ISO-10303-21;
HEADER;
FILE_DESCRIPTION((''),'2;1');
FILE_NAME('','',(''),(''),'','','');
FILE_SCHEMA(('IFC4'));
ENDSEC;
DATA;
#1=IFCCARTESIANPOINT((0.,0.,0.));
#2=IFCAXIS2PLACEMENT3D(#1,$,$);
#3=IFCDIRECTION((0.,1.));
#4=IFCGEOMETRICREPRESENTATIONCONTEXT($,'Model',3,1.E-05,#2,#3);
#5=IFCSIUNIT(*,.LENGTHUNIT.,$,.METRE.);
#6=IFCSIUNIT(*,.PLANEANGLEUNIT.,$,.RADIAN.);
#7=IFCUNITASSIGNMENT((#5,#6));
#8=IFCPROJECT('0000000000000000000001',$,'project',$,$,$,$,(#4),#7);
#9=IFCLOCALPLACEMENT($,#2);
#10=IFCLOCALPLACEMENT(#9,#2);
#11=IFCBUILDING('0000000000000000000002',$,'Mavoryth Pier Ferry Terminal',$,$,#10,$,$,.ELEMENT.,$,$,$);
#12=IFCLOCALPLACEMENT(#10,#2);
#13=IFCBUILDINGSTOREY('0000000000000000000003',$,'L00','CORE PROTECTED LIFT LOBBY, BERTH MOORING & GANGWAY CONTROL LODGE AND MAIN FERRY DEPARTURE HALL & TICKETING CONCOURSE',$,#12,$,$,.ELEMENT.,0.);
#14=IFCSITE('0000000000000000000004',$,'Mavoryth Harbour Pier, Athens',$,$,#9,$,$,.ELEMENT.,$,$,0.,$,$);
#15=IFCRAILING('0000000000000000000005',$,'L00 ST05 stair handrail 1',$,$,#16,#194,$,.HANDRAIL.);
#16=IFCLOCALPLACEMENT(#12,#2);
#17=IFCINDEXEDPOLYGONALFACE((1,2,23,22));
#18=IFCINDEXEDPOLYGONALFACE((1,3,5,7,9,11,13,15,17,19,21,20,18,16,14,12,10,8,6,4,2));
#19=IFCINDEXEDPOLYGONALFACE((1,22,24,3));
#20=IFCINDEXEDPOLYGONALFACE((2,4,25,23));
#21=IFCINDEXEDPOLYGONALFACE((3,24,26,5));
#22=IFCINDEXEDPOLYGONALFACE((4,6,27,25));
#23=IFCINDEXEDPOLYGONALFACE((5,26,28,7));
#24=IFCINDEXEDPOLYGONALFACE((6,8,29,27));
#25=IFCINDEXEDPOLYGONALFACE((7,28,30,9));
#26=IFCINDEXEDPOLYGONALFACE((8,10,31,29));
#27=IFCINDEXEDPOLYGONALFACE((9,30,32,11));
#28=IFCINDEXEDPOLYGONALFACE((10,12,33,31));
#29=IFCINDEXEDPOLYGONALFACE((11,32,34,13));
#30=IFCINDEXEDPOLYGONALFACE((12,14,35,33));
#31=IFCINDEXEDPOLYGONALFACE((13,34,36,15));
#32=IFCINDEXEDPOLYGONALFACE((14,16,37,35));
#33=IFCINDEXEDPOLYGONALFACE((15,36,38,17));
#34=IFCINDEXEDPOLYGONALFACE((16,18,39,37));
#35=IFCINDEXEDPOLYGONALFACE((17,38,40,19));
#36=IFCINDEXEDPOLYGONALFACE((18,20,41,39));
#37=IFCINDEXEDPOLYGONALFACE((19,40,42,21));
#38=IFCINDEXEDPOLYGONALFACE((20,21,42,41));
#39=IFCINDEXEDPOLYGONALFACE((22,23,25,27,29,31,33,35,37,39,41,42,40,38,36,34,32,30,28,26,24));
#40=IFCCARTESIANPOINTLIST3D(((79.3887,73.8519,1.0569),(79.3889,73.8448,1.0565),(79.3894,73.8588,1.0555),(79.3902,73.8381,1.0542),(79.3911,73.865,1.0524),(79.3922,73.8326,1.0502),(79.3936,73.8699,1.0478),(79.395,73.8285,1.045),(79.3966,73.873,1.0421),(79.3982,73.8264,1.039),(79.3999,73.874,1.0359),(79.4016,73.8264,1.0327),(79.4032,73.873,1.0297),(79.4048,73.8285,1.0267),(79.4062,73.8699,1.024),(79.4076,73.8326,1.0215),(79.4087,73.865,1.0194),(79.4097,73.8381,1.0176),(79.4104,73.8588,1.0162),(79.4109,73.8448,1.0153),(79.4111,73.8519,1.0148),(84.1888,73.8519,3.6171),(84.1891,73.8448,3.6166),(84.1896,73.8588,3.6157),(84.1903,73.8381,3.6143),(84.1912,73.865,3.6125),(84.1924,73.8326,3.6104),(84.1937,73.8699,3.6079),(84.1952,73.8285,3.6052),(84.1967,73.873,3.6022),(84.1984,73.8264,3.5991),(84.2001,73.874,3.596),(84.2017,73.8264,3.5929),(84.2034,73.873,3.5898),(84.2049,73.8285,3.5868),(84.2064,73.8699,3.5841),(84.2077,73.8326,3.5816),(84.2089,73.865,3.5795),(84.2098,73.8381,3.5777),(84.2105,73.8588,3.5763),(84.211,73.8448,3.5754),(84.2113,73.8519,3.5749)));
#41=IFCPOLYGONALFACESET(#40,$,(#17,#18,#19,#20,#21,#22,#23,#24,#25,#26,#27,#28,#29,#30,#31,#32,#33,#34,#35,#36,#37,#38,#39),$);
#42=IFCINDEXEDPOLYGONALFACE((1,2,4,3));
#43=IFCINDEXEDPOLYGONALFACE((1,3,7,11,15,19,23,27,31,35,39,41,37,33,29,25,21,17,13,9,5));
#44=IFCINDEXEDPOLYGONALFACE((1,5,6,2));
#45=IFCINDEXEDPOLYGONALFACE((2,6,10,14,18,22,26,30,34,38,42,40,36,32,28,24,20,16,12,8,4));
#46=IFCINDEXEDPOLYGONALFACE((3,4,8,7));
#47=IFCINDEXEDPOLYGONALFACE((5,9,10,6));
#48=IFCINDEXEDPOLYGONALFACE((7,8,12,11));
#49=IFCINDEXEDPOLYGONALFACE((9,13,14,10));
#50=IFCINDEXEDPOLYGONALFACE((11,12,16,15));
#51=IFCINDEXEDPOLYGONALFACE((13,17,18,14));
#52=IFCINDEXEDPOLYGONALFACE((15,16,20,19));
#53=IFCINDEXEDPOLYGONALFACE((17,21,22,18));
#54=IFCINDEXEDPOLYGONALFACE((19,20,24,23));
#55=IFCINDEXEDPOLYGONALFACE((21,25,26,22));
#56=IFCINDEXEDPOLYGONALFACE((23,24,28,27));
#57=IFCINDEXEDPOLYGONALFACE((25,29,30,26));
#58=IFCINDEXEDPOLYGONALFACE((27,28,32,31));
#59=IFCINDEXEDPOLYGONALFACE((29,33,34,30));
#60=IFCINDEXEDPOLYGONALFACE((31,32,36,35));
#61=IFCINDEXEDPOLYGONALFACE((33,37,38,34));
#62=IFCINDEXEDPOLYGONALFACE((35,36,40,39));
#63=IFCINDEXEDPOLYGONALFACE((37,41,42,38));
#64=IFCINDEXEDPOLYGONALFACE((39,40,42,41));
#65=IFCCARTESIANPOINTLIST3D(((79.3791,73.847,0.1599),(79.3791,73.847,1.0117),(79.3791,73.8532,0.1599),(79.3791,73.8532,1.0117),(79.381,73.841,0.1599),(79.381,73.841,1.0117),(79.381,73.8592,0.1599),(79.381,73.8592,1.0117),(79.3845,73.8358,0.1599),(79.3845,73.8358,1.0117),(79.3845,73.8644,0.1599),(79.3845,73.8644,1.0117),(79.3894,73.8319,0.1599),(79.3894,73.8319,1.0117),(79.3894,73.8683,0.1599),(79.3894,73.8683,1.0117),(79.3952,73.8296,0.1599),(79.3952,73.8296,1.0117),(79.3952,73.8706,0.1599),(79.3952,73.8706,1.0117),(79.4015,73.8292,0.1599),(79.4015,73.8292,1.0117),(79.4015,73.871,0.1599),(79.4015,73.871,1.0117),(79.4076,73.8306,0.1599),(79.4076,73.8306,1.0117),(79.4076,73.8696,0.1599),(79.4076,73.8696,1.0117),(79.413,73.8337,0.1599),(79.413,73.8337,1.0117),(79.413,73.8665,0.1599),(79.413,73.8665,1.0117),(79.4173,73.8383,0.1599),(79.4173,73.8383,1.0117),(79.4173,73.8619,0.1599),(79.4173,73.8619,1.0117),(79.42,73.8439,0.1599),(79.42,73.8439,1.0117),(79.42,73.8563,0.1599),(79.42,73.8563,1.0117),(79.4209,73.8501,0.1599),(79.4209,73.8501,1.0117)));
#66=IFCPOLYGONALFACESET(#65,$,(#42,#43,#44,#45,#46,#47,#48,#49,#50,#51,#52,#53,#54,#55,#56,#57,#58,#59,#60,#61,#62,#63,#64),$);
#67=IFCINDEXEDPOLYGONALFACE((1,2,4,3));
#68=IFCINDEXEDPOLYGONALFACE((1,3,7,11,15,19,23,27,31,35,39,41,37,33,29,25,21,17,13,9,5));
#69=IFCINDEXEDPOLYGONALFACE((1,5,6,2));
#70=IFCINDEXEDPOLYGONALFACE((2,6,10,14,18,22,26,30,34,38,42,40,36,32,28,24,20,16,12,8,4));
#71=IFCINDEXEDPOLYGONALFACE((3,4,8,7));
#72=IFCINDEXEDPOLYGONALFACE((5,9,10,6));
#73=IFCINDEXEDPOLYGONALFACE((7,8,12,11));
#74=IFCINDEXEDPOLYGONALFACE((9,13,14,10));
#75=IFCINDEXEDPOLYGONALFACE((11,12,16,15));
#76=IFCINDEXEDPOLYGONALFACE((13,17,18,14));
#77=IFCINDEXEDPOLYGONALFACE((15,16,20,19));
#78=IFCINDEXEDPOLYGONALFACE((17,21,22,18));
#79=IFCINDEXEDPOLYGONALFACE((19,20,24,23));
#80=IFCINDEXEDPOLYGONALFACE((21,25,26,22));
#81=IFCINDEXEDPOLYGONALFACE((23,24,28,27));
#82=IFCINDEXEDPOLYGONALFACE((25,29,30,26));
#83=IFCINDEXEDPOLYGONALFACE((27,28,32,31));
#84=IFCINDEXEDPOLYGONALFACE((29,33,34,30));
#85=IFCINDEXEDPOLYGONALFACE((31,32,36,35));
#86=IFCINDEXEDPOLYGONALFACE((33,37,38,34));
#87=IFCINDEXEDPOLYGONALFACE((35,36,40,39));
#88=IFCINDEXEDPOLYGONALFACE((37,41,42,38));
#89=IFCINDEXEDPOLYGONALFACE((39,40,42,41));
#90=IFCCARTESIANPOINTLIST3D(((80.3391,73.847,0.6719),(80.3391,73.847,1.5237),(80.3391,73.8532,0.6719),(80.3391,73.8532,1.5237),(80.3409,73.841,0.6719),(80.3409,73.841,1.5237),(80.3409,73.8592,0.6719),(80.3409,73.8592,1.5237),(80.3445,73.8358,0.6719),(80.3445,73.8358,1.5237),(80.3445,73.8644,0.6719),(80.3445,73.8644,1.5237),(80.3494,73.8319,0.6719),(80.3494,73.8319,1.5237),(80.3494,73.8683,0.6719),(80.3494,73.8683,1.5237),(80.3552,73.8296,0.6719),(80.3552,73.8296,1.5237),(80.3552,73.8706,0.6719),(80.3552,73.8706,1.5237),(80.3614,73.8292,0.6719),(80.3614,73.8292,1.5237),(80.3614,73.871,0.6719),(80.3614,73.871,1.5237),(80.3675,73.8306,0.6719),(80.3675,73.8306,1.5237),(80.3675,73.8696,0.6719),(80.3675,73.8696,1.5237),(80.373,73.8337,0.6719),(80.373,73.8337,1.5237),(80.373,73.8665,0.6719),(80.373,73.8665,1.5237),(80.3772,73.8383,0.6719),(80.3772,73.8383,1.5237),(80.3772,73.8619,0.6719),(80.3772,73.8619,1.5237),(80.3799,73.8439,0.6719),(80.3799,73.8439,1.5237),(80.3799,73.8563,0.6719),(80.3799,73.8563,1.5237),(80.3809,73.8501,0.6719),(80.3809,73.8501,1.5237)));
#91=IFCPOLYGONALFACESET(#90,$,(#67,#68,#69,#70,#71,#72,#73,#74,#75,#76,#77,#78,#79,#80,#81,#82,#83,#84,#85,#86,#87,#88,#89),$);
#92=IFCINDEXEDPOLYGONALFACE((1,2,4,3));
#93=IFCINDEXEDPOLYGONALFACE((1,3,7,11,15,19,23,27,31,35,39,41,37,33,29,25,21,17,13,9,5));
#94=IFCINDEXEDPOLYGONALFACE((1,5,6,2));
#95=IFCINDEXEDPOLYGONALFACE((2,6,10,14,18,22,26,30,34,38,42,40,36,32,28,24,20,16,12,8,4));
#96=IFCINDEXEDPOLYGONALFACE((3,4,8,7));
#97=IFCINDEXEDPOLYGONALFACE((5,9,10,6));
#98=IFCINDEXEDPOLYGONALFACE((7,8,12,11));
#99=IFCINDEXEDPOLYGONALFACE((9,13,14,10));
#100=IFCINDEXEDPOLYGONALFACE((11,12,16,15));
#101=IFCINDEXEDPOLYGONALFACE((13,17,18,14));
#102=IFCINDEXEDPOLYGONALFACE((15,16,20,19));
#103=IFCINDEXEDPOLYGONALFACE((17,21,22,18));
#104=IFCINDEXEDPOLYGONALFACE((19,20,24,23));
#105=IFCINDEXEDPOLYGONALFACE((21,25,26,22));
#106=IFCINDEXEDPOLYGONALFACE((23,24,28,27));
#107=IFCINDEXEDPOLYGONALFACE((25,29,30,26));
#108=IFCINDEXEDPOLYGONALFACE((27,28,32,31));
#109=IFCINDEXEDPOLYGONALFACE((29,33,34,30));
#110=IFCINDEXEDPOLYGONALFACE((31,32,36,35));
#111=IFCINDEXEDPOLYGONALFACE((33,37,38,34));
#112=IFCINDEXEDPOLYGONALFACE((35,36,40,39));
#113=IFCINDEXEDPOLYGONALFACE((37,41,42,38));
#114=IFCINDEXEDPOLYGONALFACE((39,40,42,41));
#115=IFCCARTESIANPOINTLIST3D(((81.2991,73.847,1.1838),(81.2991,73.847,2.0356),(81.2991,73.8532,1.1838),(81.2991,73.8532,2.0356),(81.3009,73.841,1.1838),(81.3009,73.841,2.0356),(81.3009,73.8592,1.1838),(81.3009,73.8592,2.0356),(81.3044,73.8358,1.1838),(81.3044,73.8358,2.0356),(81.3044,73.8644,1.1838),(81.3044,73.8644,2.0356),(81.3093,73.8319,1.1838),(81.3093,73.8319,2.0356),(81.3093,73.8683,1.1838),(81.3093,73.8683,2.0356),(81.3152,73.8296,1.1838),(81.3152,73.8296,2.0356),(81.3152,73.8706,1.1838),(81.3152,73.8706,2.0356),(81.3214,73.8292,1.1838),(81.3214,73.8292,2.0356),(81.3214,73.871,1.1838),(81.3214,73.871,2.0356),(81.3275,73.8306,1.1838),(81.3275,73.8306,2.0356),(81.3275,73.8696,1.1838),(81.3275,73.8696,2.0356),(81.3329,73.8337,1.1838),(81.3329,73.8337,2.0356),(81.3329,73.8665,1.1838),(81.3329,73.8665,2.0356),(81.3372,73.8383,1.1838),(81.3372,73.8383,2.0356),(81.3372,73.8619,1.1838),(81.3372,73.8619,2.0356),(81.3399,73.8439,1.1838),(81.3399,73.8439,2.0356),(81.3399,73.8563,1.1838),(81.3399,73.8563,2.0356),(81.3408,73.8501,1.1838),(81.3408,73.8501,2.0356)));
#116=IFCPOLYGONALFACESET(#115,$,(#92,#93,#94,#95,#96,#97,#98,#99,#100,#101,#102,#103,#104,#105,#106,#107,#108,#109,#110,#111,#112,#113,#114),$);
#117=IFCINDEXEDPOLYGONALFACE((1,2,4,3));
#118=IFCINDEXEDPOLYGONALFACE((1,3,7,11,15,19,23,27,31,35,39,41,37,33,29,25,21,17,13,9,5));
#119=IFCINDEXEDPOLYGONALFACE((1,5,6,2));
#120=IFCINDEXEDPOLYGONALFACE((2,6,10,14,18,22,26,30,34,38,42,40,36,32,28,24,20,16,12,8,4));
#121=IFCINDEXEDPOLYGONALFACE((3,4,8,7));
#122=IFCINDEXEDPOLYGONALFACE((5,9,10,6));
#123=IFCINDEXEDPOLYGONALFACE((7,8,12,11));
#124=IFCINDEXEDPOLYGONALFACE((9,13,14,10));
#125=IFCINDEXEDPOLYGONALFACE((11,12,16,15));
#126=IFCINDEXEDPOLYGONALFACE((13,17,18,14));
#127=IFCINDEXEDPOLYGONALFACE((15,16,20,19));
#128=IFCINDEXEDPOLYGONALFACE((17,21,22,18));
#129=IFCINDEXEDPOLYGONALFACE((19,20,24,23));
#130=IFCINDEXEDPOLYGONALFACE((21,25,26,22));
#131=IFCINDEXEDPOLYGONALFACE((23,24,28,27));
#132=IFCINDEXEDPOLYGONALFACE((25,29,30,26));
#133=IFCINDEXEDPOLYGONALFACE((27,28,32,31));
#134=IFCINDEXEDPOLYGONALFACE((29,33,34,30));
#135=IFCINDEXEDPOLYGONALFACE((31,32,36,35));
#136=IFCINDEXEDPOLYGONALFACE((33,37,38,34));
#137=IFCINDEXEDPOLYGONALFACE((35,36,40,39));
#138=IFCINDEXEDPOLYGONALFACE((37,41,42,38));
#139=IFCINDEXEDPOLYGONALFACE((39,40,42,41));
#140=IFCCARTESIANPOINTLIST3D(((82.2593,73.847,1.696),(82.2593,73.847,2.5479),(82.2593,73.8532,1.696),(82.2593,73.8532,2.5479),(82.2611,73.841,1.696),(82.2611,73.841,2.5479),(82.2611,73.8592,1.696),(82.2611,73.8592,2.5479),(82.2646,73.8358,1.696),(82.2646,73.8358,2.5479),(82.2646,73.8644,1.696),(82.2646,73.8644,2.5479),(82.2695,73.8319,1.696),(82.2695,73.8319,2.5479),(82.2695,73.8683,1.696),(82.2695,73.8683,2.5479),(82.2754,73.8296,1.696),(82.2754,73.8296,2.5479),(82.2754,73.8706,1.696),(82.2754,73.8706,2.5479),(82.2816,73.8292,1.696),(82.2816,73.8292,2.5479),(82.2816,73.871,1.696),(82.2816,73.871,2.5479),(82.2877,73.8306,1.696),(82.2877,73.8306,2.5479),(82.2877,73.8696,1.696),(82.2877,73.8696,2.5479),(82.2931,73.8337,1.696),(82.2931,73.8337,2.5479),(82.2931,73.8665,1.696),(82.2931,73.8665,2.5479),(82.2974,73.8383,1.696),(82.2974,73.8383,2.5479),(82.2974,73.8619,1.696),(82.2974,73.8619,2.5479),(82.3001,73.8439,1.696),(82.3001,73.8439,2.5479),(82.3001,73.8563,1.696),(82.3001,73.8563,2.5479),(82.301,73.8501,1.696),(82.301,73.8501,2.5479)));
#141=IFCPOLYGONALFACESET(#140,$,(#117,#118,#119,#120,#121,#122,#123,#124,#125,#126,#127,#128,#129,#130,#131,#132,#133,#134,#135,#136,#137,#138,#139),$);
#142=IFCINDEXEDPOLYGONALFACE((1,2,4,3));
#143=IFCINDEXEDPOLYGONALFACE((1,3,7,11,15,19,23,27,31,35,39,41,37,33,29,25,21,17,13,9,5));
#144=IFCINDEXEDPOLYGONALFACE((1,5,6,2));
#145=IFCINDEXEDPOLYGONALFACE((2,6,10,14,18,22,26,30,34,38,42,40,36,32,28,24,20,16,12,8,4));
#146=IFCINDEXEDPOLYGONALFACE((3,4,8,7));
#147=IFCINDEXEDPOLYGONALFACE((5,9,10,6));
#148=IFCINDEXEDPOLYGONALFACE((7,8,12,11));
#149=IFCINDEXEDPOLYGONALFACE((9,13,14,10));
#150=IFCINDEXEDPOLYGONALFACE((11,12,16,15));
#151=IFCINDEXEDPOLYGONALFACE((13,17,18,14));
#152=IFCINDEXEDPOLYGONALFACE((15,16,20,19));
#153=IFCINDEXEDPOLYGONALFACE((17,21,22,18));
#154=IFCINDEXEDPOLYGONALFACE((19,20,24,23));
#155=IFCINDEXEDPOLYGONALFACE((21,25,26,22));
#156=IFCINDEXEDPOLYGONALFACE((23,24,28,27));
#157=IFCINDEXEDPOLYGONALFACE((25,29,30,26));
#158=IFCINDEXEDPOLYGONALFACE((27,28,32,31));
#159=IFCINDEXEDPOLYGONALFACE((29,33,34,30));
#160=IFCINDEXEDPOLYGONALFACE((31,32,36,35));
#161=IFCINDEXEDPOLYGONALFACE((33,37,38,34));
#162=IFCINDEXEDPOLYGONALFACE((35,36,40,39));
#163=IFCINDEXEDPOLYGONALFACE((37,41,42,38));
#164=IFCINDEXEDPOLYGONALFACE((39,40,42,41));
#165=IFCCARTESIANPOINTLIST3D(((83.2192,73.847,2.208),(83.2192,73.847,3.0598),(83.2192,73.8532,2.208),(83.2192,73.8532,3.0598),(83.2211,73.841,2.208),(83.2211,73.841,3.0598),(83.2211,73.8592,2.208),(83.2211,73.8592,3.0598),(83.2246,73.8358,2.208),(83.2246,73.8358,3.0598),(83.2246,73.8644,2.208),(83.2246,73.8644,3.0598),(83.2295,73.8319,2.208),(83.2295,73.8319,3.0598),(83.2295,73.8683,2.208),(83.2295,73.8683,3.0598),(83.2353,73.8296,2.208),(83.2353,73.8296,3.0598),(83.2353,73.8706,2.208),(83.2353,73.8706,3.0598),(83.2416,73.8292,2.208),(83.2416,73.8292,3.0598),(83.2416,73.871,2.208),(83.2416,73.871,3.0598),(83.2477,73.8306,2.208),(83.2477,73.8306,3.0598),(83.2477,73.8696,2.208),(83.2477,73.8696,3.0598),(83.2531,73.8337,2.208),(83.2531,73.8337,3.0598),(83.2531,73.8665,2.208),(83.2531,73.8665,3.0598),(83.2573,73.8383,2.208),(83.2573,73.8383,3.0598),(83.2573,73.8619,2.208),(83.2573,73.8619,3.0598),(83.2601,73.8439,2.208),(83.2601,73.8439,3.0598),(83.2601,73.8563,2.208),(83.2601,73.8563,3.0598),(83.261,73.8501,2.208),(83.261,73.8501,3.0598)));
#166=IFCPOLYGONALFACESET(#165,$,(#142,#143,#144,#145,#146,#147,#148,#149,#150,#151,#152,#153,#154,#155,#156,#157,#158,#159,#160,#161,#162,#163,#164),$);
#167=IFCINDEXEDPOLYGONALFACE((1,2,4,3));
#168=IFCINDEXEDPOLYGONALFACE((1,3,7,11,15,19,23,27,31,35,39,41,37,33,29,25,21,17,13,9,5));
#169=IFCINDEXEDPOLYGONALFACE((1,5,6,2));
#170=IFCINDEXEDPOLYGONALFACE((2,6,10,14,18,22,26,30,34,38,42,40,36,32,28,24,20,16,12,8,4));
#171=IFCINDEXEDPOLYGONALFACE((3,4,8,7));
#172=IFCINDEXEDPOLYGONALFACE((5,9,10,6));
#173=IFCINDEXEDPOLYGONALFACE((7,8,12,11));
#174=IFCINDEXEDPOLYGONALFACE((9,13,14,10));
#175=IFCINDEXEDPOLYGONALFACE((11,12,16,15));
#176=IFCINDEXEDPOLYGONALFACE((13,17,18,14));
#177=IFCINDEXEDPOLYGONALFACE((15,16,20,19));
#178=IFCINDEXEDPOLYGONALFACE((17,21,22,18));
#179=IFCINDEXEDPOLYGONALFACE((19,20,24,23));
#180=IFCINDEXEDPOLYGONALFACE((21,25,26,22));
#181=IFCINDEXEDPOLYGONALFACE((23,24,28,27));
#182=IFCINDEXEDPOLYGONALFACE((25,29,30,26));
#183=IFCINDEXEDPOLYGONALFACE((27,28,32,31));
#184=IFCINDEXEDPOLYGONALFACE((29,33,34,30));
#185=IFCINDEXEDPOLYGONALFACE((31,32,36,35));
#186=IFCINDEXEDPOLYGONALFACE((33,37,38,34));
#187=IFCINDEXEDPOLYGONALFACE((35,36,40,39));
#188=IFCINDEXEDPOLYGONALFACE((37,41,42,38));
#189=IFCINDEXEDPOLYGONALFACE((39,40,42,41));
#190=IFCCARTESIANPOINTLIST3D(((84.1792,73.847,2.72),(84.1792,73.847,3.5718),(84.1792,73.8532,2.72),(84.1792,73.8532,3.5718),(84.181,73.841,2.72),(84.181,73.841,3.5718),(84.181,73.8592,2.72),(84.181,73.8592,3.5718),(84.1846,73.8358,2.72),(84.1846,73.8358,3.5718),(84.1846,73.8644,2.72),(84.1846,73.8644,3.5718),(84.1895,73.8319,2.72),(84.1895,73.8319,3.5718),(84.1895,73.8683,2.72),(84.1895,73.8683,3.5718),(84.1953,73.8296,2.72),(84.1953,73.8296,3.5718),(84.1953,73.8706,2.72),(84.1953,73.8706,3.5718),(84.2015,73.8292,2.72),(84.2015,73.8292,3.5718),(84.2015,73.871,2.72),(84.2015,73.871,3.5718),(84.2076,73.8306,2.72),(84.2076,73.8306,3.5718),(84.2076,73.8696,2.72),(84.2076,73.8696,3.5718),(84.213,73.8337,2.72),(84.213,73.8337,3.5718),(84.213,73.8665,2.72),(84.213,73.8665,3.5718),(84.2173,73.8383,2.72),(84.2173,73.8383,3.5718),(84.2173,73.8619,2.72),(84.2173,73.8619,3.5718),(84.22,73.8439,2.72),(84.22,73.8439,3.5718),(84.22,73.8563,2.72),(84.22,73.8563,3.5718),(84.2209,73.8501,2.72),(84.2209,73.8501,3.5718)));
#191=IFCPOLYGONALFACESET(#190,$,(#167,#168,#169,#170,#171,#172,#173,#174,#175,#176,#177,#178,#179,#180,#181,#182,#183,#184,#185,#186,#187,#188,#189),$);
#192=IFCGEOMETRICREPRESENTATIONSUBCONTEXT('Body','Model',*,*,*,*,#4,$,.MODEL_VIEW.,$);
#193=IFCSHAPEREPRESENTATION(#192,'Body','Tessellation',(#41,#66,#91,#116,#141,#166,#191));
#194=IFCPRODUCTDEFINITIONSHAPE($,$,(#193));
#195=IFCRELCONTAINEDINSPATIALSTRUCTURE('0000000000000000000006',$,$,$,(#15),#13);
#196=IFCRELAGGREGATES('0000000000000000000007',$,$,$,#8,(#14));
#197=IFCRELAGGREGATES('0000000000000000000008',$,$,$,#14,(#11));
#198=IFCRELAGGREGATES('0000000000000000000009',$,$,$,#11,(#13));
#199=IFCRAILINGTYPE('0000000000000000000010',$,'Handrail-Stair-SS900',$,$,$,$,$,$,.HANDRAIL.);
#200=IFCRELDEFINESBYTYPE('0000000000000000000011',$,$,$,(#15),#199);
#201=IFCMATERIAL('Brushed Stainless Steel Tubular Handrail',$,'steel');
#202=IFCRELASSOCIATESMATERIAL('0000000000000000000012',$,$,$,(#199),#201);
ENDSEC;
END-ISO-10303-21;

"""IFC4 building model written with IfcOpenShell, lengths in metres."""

from ifc_helpers import new_model, si_unit, direction, frame, origin, origin_2d, place, context, subcontext, project, spatial, circle, extrude, material, type_object, element, save


model = new_model("IFC4")

# Units and contexts
model_context = context("Model", 3, precision=1e-05, world=origin(), true_north=direction((0.0, 1.0)))
body_context = subcontext(model_context, "Body", "Model", "MODEL_VIEW")
ifc_project = project(units=[si_unit("LENGTHUNIT", "METRE"), si_unit("PLANEANGLEUNIT", "RADIAN")], contexts=[model_context])

# Site, building, storey
site_placement = place(None, origin())
site = spatial("IfcSite", under=ifc_project, at=site_placement, Name="Mavoryth Harbour Pier, Athens", CompositionType="ELEMENT", RefElevation=0.0)
building_placement = place(site_placement, origin())
building = spatial("IfcBuilding", under=site, at=building_placement, Name="Mavoryth Pier Ferry Terminal", CompositionType="ELEMENT")
storey_placement = place(building_placement, origin())
storey = spatial("IfcBuildingStorey", under=building, at=storey_placement, Name="L00", Description="CORE PROTECTED LIFT LOBBY, BERTH MOORING & GANGWAY CONTROL LODGE AND MAIN FERRY DEPARTURE HALL & TICKETING CONCOURSE", CompositionType="ELEMENT", Elevation=0.0)

# Railing
ifc_material_1 = material(Name="Brushed Stainless Steel Tubular Handrail", Category="steel")
railing_type_1 = type_object("IfcRailingType", Name="Handrail-Stair-SS900", PredefinedType="HANDRAIL", material=ifc_material_1)
railing_1_placement = place(storey_placement, frame((79.3999, 73.8501, 0.1599)))
element("IfcRailing", 1, at=railing_1_placement, inside=storey, type_object=railing_type_1, Name="L00 ST05 stair handrail 1", PredefinedType="HANDRAIL", context=body_context, shape_type="SweptSolid", body=[
    extrude(circle(Radius=0.0239, at=origin_2d()), frame((0.0, 0.0, 0.876), z_axis=(0.88235, 0.0, 0.470593), x_axis=(0.0, 1.0, 0.0)), (0.0, 0.0, 1.0), 5.4402),
    extrude(circle(Radius=0.021, at=origin_2d()), origin(), (0.0, 0.0, 1.0), 0.8518),
    extrude(circle(Radius=0.021, at=origin_2d()), frame((0.96, 0.0, 0.512)), (0.0, 0.0, 1.0), 0.8518),
    extrude(circle(Radius=0.021, at=origin_2d()), frame((1.9199, 0.0, 1.0239)), (0.0, 0.0, 1.0), 0.8518),
    extrude(circle(Radius=0.021, at=origin_2d()), frame((2.8801, 0.0, 1.5361)), (0.0, 0.0, 1.0), 0.8518),
    extrude(circle(Radius=0.021, at=origin_2d()), frame((3.8401, 0.0, 2.0481)), (0.0, 0.0, 1.0), 0.8518),
    extrude(circle(Radius=0.021, at=origin_2d()), frame((4.8, 0.0, 2.5601)), (0.0, 0.0, 1.0), 0.8518),
])

save(model, "model.ifc")
